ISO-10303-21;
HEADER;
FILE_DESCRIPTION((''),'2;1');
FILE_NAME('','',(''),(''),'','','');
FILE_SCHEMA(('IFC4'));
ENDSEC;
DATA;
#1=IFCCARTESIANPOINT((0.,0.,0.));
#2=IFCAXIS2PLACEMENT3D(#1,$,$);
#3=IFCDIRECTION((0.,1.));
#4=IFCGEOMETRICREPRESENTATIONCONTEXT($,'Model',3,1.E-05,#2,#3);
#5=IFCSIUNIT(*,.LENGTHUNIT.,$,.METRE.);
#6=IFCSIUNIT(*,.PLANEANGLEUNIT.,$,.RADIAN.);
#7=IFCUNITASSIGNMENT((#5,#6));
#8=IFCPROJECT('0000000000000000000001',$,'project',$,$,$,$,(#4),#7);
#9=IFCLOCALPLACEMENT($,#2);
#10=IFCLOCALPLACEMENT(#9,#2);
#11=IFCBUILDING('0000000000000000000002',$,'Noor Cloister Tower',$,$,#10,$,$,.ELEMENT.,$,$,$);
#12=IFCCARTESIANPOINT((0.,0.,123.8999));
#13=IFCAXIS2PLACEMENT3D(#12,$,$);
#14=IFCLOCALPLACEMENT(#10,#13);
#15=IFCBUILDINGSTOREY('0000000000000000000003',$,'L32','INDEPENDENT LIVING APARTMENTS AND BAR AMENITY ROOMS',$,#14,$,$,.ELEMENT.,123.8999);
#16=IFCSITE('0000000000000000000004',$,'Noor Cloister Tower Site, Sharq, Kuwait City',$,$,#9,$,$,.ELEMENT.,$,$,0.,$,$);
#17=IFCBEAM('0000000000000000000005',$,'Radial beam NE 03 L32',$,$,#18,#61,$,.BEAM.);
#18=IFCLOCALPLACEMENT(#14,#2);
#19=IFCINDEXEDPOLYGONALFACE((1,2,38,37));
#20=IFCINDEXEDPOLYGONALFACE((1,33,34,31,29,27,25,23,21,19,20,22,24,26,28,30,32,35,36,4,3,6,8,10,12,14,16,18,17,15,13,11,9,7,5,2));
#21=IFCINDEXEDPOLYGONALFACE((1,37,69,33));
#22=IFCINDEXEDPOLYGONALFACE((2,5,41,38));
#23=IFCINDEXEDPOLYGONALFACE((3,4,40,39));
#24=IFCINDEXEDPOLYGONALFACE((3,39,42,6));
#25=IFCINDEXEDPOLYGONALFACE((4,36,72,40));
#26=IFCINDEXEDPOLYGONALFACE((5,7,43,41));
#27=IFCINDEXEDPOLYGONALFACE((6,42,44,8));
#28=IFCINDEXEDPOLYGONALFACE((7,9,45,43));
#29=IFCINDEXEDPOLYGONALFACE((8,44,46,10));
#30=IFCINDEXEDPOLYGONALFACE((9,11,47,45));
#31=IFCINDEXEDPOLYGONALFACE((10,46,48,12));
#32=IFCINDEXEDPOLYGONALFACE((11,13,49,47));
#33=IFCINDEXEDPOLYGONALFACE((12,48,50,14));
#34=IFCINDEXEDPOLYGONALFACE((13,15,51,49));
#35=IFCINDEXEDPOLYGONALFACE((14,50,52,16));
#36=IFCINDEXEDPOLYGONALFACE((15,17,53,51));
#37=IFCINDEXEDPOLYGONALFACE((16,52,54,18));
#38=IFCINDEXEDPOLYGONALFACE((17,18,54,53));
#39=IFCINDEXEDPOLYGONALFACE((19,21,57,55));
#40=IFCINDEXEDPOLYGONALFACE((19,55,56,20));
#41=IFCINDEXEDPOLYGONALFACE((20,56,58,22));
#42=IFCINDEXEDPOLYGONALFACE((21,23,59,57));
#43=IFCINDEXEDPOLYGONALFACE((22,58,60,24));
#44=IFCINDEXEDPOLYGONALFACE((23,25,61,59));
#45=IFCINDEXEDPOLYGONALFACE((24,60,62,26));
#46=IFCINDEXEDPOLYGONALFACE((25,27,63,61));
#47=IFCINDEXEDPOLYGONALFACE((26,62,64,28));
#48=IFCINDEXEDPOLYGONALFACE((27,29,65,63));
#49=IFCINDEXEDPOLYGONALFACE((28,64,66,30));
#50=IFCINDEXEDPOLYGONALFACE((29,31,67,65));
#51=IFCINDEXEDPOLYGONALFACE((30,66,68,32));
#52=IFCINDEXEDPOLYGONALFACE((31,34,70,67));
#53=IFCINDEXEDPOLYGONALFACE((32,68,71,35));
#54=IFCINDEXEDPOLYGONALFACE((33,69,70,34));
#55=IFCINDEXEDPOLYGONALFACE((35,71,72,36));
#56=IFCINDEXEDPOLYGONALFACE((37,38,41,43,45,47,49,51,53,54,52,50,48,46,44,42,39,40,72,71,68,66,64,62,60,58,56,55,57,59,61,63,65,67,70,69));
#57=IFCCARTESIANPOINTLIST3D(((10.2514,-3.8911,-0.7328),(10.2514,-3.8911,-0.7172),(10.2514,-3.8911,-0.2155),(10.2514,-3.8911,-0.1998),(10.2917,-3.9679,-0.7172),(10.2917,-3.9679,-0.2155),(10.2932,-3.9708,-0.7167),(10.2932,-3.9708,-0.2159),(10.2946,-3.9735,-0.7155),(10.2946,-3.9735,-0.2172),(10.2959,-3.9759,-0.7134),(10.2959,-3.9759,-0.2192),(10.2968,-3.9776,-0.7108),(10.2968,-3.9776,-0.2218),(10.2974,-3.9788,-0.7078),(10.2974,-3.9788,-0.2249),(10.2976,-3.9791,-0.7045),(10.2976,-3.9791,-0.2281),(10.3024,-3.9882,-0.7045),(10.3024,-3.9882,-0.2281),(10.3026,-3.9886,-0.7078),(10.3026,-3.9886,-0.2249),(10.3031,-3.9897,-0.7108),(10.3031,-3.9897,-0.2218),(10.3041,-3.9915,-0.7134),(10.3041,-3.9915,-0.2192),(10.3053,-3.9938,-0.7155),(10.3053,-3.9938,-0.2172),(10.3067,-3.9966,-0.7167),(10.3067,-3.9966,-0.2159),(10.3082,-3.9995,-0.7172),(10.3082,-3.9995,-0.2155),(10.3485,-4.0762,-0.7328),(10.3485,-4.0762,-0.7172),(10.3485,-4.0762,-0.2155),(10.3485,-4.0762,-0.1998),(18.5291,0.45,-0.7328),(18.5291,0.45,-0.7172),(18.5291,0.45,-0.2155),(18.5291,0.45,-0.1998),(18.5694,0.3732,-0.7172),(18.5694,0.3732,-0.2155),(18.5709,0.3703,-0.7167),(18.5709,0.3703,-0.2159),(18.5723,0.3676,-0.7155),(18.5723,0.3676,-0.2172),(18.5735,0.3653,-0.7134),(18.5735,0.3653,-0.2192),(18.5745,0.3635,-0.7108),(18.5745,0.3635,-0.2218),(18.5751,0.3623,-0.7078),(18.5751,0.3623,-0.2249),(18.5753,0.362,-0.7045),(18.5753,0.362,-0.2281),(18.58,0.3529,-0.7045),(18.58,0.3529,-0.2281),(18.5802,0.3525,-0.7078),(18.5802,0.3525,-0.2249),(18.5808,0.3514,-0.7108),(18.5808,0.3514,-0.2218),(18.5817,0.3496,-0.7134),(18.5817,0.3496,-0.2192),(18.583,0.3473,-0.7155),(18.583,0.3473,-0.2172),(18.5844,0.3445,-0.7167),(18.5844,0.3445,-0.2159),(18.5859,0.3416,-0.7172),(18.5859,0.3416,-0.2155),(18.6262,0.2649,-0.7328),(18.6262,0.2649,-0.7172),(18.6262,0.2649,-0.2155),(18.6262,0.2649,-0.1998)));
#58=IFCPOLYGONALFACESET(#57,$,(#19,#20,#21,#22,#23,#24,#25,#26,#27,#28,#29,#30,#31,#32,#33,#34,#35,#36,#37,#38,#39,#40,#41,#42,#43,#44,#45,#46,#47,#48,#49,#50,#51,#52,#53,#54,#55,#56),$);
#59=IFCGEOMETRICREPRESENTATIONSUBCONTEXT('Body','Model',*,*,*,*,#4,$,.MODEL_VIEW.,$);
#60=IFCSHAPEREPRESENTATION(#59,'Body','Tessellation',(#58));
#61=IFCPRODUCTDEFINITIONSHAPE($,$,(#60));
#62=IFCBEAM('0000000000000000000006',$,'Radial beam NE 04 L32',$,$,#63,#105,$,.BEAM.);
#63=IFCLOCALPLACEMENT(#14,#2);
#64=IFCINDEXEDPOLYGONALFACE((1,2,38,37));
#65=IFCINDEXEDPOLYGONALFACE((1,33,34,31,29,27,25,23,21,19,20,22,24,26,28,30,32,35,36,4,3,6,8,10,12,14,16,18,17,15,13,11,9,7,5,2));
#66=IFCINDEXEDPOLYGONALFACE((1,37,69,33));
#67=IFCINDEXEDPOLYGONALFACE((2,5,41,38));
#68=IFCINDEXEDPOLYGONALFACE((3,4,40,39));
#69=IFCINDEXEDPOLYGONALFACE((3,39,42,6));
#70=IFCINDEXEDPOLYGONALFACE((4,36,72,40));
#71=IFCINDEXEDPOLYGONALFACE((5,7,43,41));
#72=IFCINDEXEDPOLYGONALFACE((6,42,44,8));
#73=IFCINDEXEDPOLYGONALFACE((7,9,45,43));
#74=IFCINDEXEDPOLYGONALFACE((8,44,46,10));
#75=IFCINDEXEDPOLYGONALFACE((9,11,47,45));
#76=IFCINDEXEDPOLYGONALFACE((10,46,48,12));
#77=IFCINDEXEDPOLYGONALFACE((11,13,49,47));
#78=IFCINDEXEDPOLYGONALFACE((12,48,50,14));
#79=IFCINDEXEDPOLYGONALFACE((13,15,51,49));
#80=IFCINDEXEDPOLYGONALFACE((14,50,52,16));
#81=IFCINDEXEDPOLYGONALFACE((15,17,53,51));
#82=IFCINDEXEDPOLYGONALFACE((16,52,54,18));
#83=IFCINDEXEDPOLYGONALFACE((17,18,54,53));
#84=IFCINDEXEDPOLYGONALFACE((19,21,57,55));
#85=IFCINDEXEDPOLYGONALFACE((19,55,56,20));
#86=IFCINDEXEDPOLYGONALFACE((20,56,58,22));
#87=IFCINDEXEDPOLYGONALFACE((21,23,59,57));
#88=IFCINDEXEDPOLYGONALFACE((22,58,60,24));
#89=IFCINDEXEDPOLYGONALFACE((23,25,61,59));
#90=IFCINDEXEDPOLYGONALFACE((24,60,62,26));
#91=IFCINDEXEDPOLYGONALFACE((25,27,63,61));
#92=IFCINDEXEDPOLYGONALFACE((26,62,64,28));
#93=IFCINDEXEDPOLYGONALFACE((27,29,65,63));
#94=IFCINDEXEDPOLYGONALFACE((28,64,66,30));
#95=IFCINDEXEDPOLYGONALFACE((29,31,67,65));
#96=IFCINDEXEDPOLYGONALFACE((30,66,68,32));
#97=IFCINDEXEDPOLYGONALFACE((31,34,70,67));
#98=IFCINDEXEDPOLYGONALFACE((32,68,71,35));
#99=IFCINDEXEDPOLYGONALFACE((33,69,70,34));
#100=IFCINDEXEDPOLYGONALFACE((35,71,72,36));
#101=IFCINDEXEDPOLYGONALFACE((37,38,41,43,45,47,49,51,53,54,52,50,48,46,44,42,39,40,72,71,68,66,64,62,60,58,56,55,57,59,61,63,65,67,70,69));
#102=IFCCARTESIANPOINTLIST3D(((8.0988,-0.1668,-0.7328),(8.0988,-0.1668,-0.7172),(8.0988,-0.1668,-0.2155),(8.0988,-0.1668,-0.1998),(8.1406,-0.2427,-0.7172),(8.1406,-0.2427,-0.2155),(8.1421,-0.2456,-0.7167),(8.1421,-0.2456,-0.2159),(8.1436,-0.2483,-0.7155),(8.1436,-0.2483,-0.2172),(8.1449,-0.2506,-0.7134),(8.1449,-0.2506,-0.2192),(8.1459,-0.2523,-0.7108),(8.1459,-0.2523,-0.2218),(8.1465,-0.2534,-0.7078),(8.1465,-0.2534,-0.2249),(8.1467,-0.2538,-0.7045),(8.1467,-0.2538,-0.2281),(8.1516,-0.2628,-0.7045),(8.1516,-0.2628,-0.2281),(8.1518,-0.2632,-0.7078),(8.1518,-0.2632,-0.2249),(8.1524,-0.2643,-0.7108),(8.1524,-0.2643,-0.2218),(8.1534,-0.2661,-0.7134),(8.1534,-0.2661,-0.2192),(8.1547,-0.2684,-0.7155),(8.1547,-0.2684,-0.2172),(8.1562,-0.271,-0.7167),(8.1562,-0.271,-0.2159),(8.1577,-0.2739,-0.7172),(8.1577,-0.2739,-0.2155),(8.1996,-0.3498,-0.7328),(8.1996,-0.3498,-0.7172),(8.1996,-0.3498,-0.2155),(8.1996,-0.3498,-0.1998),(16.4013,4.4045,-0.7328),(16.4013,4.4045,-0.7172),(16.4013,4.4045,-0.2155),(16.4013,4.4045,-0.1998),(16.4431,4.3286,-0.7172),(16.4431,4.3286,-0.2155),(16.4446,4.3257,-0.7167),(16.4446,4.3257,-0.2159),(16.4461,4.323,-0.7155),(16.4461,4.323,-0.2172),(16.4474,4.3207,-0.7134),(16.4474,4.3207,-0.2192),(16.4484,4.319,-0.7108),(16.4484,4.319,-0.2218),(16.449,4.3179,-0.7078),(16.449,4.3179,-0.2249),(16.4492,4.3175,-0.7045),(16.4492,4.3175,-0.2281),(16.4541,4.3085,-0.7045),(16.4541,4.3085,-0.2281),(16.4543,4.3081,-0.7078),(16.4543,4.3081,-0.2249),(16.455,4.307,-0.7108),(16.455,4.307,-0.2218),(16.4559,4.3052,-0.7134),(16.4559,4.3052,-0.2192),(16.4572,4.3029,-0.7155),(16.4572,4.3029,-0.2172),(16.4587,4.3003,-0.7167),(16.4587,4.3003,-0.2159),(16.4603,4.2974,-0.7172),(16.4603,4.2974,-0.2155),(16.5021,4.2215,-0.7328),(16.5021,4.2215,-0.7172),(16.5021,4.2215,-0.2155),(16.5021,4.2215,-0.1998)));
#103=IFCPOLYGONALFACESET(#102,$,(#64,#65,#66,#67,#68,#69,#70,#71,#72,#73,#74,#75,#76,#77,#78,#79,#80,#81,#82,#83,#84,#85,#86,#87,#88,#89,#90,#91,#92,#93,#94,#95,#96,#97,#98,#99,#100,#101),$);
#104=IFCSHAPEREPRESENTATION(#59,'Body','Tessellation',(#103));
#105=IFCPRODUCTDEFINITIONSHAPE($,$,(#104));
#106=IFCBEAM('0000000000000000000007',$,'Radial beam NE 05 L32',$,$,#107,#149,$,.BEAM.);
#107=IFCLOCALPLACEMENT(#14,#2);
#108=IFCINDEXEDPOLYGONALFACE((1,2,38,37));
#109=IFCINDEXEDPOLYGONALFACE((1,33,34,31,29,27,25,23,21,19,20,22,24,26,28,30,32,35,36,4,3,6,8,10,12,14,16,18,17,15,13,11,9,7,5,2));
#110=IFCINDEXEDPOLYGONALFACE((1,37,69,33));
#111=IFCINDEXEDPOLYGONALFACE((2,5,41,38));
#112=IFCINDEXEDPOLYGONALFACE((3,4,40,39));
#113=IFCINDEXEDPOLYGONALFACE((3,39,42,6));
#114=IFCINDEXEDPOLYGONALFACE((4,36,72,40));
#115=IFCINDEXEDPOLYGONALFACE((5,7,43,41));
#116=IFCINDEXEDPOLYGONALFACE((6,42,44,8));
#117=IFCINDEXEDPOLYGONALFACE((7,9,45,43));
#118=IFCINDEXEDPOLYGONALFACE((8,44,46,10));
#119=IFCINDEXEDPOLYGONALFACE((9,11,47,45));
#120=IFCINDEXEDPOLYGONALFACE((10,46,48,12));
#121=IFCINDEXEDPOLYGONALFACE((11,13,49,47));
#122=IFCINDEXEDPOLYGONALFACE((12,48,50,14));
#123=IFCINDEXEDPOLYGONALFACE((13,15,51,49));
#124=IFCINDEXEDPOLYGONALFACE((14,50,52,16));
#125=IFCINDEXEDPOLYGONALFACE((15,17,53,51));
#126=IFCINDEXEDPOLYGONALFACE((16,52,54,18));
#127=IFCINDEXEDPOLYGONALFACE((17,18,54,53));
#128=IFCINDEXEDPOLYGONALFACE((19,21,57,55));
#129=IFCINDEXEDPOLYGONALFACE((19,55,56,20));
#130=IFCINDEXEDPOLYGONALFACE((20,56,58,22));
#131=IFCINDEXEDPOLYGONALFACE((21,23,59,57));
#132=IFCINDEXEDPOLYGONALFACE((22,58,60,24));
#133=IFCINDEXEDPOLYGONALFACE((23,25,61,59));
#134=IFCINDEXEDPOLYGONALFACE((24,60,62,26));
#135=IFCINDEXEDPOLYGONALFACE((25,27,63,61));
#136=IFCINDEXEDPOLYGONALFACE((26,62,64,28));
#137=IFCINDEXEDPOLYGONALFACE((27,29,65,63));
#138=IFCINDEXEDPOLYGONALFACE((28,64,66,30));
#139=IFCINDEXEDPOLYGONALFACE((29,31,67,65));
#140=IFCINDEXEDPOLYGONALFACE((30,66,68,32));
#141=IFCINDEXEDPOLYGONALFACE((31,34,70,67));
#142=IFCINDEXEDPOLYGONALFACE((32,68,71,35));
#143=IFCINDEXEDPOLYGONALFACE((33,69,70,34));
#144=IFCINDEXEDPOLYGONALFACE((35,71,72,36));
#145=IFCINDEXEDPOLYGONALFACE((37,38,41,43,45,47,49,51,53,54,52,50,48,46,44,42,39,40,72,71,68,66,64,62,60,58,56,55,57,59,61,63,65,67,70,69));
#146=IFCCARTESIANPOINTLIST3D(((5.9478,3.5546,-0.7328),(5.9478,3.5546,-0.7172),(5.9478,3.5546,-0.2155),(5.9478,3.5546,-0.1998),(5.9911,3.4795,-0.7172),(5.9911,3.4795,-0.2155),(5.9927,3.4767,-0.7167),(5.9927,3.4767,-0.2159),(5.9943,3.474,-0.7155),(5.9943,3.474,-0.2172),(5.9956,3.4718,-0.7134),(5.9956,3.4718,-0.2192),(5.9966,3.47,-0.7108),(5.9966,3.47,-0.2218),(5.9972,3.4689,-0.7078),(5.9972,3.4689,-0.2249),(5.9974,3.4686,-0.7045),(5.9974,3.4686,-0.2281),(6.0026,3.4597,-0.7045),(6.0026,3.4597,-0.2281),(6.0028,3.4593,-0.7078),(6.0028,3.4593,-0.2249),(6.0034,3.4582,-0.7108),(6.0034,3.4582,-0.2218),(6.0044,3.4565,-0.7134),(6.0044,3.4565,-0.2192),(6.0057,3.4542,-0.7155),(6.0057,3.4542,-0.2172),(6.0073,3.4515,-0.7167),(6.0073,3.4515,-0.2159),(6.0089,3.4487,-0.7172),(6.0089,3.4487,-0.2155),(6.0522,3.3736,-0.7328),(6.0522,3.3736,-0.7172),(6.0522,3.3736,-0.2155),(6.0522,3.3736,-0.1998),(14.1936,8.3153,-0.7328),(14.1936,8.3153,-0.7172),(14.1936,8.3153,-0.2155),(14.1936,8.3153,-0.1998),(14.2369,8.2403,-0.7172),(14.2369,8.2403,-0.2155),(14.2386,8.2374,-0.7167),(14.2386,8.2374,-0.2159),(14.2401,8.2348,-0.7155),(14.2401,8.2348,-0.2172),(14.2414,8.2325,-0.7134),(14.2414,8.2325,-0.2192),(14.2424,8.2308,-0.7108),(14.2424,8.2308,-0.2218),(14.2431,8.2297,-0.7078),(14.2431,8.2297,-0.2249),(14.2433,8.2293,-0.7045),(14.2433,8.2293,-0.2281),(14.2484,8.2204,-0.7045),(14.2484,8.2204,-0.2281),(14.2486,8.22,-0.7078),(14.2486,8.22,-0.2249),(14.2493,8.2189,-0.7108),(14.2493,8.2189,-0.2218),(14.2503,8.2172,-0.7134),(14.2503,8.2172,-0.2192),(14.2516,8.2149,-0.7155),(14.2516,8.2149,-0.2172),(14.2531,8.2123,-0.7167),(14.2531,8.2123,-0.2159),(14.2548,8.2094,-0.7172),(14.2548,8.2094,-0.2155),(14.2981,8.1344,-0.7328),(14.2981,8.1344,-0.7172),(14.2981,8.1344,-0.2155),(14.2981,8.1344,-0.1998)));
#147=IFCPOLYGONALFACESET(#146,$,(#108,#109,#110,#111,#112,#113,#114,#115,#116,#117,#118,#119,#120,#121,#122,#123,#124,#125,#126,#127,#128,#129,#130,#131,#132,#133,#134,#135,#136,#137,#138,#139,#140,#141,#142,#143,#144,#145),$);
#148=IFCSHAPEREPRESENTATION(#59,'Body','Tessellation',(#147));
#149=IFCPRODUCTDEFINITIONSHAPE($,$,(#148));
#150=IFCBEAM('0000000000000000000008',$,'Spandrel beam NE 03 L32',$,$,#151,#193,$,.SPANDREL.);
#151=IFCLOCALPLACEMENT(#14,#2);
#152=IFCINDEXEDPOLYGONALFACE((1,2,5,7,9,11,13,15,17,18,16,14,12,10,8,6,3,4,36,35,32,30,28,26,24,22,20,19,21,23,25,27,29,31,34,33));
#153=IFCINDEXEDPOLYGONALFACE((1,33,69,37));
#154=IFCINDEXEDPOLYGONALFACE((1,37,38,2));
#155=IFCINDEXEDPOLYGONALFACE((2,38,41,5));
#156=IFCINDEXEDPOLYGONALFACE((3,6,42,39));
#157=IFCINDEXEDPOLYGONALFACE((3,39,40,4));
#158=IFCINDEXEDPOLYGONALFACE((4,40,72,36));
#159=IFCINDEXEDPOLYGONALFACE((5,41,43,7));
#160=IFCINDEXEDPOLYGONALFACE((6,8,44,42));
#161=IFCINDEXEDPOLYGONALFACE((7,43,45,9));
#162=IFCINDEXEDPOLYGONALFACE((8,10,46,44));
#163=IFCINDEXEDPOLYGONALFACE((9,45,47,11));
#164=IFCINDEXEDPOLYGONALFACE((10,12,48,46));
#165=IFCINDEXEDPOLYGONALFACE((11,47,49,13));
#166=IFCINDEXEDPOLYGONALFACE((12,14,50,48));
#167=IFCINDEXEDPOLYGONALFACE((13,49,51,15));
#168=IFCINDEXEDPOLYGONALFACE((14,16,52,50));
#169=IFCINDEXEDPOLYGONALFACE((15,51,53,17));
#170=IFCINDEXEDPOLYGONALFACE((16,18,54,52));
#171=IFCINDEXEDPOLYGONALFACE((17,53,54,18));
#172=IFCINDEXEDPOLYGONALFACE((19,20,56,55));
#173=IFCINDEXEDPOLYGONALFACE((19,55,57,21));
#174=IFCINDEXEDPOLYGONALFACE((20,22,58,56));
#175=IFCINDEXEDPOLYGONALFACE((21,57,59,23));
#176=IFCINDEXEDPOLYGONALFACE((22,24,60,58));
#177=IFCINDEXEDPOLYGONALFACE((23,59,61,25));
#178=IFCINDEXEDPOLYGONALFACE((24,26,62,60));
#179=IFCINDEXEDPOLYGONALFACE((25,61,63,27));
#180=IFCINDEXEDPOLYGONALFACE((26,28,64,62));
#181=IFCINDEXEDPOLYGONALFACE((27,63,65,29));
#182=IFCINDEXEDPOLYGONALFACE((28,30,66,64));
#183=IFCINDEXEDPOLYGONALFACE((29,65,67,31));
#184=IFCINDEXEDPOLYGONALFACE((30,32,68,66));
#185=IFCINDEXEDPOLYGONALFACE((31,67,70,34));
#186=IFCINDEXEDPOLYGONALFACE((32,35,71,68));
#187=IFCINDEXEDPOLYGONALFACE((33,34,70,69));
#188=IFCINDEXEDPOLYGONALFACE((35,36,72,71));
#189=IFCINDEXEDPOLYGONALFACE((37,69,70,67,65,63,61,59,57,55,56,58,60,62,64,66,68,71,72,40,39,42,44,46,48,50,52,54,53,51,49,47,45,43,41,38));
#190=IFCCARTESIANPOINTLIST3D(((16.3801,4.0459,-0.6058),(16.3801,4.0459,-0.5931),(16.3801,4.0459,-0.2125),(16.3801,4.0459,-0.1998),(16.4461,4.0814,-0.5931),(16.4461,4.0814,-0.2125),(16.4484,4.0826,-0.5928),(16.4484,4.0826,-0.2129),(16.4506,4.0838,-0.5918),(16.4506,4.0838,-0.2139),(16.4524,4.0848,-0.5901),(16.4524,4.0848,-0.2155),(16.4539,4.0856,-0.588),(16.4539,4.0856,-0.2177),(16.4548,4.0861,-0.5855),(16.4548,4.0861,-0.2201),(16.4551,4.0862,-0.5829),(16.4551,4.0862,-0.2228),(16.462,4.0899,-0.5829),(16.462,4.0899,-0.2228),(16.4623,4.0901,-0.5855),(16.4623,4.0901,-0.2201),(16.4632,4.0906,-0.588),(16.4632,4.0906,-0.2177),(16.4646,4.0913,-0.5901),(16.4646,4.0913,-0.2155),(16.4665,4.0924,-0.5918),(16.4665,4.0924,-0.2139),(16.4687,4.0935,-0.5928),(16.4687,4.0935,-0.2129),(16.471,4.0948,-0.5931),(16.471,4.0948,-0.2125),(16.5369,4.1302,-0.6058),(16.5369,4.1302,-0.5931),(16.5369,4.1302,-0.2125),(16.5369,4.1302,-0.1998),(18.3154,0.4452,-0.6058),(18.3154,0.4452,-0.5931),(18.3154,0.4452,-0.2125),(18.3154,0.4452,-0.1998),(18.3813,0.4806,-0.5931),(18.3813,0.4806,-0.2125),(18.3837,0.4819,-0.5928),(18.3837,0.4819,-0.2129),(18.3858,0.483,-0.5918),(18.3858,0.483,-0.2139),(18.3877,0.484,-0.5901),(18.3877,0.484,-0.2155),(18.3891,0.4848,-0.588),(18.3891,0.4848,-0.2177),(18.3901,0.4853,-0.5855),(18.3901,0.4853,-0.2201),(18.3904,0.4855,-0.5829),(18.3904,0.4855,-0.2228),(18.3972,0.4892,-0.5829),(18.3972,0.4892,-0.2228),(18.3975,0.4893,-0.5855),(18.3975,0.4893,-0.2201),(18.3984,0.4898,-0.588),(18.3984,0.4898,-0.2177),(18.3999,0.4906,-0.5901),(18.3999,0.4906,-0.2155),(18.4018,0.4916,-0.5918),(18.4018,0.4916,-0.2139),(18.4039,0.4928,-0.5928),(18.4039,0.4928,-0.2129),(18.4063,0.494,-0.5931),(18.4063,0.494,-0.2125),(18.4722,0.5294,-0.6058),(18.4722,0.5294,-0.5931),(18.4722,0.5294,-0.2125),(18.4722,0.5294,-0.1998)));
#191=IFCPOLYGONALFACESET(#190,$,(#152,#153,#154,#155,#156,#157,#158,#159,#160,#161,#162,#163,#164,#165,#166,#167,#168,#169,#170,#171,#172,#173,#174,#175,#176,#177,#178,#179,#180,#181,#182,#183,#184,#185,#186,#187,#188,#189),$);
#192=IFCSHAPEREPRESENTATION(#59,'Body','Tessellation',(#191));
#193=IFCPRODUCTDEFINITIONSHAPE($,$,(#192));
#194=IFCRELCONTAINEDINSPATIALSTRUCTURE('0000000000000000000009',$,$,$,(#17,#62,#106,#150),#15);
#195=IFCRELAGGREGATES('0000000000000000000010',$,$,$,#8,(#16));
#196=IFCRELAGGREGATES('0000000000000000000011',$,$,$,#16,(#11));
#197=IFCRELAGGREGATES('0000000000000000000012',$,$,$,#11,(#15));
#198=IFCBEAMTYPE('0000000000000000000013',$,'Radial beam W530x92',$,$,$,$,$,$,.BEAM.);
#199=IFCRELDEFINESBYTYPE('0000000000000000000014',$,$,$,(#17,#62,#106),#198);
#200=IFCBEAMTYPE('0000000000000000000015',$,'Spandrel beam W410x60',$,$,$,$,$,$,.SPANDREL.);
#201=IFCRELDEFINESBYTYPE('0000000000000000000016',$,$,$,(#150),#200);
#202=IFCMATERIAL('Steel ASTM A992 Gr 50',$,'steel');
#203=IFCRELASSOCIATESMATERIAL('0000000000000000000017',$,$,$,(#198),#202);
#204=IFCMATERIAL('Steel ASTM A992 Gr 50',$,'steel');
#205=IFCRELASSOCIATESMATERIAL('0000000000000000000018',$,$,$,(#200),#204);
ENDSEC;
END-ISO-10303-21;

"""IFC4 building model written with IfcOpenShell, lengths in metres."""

from ifc_helpers import new_model, si_unit, direction, frame, origin, origin_2d, place, context, subcontext, project, spatial, i_section, extrude, material, material_profile, profile_set, type_object, element, save


model = new_model("IFC4")

# Units and contexts
model_context = context("Model", 3, precision=1e-05, world=origin(), true_north=direction((0.0, 1.0)))
body_context = subcontext(model_context, "Body", "Model", "MODEL_VIEW")
ifc_project = project(units=[si_unit("LENGTHUNIT", "METRE"), si_unit("PLANEANGLEUNIT", "RADIAN")], contexts=[model_context])

# Site, building, storey
site_placement = place(None, origin())
site = spatial("IfcSite", under=ifc_project, at=site_placement, Name="Noor Cloister Tower Site, Sharq, Kuwait City", CompositionType="ELEMENT", RefElevation=0.0)
building_placement = place(site_placement, origin())
building = spatial("IfcBuilding", under=site, at=building_placement, Name="Noor Cloister Tower", CompositionType="ELEMENT")
storey_placement = place(building_placement, frame((0.0, 0.0, 123.8999)))
storey = spatial("IfcBuildingStorey", under=building, at=storey_placement, Name="L32", Description="INDEPENDENT LIVING APARTMENTS AND BAR AMENITY ROOMS", CompositionType="ELEMENT", Elevation=123.8999)

# Beams
ifc_material_1 = material(Name="Steel ASTM A992 Gr 50", Category="steel")
ifc_material_profile_1 = material_profile(ifc_material_1, i_section(OverallWidth=0.209, OverallDepth=0.533, WebThickness=0.0103, FlangeThickness=0.0156, FilletRadius=0.0127, at=origin_2d()), Name="W530x92")
ifc_profile_set_1 = profile_set([ifc_material_profile_1], Name="Steel ASTM A992 Gr 50")
beam_type_1 = type_object("IfcBeamType", Name="Radial beam W530x92", PredefinedType="BEAM", material=ifc_profile_set_1)
beam_1_placement = place(storey_placement, frame((18.5776, 0.3574, -0.4663), z_axis=(-0.885603, -0.464442, 0.0), x_axis=(0.464442, -0.885603, 0.0)))
element("IfcBeam", 1, at=beam_1_placement, inside=storey, type_object=beam_type_1, Name="Radial beam NE 03 L32", PredefinedType="BEAM", context=body_context, shape_type="SweptSolid", body=[
    extrude(i_section(OverallWidth=0.209, OverallDepth=0.533, WebThickness=0.0103, FlangeThickness=0.0156, FilletRadius=0.0127, at=origin_2d()), origin(), (0.0, 0.0, 1.0), 9.3469),
])
beam_2_placement = place(storey_placement, frame((16.4517, 4.313, -0.4663), z_axis=(-0.875997, -0.482317, 0.0), x_axis=(0.482317, -0.875997, 0.0)))
element("IfcBeam", 2, at=beam_2_placement, inside=storey, type_object=beam_type_1, Name="Radial beam NE 04 L32", PredefinedType="BEAM", context=body_context, shape_type="SweptSolid", body=[
    extrude(i_section(OverallWidth=0.209, OverallDepth=0.533, WebThickness=0.0103, FlangeThickness=0.0156, FilletRadius=0.0127, at=origin_2d()), origin(), (0.0, 0.0, 1.0), 9.4778),
])
beam_3_placement = place(storey_placement, frame((14.2458, 8.2249, -0.4663), z_axis=(-0.866025, -0.5, 0.0), x_axis=(0.5, -0.866025, 0.0)))
element("IfcBeam", 3, at=beam_3_placement, inside=storey, type_object=beam_type_1, Name="Radial beam NE 05 L32", PredefinedType="BEAM", context=body_context, shape_type="SweptSolid", body=[
    extrude(i_section(OverallWidth=0.209, OverallDepth=0.533, WebThickness=0.0103, FlangeThickness=0.0156, FilletRadius=0.0127, at=origin_2d()), origin(), (0.0, 0.0, 1.0), 9.5215),
])
ifc_material_2 = material(Name="Steel ASTM A992 Gr 50", Category="steel")
ifc_material_profile_2 = material_profile(ifc_material_2, i_section(OverallWidth=0.178, OverallDepth=0.406, WebThickness=0.0078, FlangeThickness=0.0127, FilletRadius=0.0103, at=origin_2d()), Name="W410x60")
ifc_profile_set_2 = profile_set([ifc_material_profile_2], Name="Steel ASTM A992 Gr 50")
beam_type_2 = type_object("IfcBeamType", Name="Spandrel beam W410x60", PredefinedType="SPANDREL", material=ifc_profile_set_2)
for number, where, z_axis, x_axis, name in (
    (4, (18.3938, 0.4873, -0.4028), (-0.473416, 0.880839, 0.0), (-0.880839, -0.473416, 0.0), "Spandrel beam NE 03 L32"),
):
    element("IfcBeam", number, at=place(storey_placement, frame(where, z_axis=z_axis, x_axis=x_axis)), inside=storey, type_object=beam_type_2, Name=name, PredefinedType="SPANDREL", context=body_context, shape_type="SweptSolid", body=[
        extrude(i_section(OverallWidth=0.178, OverallDepth=0.406, WebThickness=0.0078, FlangeThickness=0.0127, FilletRadius=0.0103, at=origin_2d()), origin(), (0.0, 0.0, 1.0), 4.0879),
    ])

save(model, "model.ifc")
